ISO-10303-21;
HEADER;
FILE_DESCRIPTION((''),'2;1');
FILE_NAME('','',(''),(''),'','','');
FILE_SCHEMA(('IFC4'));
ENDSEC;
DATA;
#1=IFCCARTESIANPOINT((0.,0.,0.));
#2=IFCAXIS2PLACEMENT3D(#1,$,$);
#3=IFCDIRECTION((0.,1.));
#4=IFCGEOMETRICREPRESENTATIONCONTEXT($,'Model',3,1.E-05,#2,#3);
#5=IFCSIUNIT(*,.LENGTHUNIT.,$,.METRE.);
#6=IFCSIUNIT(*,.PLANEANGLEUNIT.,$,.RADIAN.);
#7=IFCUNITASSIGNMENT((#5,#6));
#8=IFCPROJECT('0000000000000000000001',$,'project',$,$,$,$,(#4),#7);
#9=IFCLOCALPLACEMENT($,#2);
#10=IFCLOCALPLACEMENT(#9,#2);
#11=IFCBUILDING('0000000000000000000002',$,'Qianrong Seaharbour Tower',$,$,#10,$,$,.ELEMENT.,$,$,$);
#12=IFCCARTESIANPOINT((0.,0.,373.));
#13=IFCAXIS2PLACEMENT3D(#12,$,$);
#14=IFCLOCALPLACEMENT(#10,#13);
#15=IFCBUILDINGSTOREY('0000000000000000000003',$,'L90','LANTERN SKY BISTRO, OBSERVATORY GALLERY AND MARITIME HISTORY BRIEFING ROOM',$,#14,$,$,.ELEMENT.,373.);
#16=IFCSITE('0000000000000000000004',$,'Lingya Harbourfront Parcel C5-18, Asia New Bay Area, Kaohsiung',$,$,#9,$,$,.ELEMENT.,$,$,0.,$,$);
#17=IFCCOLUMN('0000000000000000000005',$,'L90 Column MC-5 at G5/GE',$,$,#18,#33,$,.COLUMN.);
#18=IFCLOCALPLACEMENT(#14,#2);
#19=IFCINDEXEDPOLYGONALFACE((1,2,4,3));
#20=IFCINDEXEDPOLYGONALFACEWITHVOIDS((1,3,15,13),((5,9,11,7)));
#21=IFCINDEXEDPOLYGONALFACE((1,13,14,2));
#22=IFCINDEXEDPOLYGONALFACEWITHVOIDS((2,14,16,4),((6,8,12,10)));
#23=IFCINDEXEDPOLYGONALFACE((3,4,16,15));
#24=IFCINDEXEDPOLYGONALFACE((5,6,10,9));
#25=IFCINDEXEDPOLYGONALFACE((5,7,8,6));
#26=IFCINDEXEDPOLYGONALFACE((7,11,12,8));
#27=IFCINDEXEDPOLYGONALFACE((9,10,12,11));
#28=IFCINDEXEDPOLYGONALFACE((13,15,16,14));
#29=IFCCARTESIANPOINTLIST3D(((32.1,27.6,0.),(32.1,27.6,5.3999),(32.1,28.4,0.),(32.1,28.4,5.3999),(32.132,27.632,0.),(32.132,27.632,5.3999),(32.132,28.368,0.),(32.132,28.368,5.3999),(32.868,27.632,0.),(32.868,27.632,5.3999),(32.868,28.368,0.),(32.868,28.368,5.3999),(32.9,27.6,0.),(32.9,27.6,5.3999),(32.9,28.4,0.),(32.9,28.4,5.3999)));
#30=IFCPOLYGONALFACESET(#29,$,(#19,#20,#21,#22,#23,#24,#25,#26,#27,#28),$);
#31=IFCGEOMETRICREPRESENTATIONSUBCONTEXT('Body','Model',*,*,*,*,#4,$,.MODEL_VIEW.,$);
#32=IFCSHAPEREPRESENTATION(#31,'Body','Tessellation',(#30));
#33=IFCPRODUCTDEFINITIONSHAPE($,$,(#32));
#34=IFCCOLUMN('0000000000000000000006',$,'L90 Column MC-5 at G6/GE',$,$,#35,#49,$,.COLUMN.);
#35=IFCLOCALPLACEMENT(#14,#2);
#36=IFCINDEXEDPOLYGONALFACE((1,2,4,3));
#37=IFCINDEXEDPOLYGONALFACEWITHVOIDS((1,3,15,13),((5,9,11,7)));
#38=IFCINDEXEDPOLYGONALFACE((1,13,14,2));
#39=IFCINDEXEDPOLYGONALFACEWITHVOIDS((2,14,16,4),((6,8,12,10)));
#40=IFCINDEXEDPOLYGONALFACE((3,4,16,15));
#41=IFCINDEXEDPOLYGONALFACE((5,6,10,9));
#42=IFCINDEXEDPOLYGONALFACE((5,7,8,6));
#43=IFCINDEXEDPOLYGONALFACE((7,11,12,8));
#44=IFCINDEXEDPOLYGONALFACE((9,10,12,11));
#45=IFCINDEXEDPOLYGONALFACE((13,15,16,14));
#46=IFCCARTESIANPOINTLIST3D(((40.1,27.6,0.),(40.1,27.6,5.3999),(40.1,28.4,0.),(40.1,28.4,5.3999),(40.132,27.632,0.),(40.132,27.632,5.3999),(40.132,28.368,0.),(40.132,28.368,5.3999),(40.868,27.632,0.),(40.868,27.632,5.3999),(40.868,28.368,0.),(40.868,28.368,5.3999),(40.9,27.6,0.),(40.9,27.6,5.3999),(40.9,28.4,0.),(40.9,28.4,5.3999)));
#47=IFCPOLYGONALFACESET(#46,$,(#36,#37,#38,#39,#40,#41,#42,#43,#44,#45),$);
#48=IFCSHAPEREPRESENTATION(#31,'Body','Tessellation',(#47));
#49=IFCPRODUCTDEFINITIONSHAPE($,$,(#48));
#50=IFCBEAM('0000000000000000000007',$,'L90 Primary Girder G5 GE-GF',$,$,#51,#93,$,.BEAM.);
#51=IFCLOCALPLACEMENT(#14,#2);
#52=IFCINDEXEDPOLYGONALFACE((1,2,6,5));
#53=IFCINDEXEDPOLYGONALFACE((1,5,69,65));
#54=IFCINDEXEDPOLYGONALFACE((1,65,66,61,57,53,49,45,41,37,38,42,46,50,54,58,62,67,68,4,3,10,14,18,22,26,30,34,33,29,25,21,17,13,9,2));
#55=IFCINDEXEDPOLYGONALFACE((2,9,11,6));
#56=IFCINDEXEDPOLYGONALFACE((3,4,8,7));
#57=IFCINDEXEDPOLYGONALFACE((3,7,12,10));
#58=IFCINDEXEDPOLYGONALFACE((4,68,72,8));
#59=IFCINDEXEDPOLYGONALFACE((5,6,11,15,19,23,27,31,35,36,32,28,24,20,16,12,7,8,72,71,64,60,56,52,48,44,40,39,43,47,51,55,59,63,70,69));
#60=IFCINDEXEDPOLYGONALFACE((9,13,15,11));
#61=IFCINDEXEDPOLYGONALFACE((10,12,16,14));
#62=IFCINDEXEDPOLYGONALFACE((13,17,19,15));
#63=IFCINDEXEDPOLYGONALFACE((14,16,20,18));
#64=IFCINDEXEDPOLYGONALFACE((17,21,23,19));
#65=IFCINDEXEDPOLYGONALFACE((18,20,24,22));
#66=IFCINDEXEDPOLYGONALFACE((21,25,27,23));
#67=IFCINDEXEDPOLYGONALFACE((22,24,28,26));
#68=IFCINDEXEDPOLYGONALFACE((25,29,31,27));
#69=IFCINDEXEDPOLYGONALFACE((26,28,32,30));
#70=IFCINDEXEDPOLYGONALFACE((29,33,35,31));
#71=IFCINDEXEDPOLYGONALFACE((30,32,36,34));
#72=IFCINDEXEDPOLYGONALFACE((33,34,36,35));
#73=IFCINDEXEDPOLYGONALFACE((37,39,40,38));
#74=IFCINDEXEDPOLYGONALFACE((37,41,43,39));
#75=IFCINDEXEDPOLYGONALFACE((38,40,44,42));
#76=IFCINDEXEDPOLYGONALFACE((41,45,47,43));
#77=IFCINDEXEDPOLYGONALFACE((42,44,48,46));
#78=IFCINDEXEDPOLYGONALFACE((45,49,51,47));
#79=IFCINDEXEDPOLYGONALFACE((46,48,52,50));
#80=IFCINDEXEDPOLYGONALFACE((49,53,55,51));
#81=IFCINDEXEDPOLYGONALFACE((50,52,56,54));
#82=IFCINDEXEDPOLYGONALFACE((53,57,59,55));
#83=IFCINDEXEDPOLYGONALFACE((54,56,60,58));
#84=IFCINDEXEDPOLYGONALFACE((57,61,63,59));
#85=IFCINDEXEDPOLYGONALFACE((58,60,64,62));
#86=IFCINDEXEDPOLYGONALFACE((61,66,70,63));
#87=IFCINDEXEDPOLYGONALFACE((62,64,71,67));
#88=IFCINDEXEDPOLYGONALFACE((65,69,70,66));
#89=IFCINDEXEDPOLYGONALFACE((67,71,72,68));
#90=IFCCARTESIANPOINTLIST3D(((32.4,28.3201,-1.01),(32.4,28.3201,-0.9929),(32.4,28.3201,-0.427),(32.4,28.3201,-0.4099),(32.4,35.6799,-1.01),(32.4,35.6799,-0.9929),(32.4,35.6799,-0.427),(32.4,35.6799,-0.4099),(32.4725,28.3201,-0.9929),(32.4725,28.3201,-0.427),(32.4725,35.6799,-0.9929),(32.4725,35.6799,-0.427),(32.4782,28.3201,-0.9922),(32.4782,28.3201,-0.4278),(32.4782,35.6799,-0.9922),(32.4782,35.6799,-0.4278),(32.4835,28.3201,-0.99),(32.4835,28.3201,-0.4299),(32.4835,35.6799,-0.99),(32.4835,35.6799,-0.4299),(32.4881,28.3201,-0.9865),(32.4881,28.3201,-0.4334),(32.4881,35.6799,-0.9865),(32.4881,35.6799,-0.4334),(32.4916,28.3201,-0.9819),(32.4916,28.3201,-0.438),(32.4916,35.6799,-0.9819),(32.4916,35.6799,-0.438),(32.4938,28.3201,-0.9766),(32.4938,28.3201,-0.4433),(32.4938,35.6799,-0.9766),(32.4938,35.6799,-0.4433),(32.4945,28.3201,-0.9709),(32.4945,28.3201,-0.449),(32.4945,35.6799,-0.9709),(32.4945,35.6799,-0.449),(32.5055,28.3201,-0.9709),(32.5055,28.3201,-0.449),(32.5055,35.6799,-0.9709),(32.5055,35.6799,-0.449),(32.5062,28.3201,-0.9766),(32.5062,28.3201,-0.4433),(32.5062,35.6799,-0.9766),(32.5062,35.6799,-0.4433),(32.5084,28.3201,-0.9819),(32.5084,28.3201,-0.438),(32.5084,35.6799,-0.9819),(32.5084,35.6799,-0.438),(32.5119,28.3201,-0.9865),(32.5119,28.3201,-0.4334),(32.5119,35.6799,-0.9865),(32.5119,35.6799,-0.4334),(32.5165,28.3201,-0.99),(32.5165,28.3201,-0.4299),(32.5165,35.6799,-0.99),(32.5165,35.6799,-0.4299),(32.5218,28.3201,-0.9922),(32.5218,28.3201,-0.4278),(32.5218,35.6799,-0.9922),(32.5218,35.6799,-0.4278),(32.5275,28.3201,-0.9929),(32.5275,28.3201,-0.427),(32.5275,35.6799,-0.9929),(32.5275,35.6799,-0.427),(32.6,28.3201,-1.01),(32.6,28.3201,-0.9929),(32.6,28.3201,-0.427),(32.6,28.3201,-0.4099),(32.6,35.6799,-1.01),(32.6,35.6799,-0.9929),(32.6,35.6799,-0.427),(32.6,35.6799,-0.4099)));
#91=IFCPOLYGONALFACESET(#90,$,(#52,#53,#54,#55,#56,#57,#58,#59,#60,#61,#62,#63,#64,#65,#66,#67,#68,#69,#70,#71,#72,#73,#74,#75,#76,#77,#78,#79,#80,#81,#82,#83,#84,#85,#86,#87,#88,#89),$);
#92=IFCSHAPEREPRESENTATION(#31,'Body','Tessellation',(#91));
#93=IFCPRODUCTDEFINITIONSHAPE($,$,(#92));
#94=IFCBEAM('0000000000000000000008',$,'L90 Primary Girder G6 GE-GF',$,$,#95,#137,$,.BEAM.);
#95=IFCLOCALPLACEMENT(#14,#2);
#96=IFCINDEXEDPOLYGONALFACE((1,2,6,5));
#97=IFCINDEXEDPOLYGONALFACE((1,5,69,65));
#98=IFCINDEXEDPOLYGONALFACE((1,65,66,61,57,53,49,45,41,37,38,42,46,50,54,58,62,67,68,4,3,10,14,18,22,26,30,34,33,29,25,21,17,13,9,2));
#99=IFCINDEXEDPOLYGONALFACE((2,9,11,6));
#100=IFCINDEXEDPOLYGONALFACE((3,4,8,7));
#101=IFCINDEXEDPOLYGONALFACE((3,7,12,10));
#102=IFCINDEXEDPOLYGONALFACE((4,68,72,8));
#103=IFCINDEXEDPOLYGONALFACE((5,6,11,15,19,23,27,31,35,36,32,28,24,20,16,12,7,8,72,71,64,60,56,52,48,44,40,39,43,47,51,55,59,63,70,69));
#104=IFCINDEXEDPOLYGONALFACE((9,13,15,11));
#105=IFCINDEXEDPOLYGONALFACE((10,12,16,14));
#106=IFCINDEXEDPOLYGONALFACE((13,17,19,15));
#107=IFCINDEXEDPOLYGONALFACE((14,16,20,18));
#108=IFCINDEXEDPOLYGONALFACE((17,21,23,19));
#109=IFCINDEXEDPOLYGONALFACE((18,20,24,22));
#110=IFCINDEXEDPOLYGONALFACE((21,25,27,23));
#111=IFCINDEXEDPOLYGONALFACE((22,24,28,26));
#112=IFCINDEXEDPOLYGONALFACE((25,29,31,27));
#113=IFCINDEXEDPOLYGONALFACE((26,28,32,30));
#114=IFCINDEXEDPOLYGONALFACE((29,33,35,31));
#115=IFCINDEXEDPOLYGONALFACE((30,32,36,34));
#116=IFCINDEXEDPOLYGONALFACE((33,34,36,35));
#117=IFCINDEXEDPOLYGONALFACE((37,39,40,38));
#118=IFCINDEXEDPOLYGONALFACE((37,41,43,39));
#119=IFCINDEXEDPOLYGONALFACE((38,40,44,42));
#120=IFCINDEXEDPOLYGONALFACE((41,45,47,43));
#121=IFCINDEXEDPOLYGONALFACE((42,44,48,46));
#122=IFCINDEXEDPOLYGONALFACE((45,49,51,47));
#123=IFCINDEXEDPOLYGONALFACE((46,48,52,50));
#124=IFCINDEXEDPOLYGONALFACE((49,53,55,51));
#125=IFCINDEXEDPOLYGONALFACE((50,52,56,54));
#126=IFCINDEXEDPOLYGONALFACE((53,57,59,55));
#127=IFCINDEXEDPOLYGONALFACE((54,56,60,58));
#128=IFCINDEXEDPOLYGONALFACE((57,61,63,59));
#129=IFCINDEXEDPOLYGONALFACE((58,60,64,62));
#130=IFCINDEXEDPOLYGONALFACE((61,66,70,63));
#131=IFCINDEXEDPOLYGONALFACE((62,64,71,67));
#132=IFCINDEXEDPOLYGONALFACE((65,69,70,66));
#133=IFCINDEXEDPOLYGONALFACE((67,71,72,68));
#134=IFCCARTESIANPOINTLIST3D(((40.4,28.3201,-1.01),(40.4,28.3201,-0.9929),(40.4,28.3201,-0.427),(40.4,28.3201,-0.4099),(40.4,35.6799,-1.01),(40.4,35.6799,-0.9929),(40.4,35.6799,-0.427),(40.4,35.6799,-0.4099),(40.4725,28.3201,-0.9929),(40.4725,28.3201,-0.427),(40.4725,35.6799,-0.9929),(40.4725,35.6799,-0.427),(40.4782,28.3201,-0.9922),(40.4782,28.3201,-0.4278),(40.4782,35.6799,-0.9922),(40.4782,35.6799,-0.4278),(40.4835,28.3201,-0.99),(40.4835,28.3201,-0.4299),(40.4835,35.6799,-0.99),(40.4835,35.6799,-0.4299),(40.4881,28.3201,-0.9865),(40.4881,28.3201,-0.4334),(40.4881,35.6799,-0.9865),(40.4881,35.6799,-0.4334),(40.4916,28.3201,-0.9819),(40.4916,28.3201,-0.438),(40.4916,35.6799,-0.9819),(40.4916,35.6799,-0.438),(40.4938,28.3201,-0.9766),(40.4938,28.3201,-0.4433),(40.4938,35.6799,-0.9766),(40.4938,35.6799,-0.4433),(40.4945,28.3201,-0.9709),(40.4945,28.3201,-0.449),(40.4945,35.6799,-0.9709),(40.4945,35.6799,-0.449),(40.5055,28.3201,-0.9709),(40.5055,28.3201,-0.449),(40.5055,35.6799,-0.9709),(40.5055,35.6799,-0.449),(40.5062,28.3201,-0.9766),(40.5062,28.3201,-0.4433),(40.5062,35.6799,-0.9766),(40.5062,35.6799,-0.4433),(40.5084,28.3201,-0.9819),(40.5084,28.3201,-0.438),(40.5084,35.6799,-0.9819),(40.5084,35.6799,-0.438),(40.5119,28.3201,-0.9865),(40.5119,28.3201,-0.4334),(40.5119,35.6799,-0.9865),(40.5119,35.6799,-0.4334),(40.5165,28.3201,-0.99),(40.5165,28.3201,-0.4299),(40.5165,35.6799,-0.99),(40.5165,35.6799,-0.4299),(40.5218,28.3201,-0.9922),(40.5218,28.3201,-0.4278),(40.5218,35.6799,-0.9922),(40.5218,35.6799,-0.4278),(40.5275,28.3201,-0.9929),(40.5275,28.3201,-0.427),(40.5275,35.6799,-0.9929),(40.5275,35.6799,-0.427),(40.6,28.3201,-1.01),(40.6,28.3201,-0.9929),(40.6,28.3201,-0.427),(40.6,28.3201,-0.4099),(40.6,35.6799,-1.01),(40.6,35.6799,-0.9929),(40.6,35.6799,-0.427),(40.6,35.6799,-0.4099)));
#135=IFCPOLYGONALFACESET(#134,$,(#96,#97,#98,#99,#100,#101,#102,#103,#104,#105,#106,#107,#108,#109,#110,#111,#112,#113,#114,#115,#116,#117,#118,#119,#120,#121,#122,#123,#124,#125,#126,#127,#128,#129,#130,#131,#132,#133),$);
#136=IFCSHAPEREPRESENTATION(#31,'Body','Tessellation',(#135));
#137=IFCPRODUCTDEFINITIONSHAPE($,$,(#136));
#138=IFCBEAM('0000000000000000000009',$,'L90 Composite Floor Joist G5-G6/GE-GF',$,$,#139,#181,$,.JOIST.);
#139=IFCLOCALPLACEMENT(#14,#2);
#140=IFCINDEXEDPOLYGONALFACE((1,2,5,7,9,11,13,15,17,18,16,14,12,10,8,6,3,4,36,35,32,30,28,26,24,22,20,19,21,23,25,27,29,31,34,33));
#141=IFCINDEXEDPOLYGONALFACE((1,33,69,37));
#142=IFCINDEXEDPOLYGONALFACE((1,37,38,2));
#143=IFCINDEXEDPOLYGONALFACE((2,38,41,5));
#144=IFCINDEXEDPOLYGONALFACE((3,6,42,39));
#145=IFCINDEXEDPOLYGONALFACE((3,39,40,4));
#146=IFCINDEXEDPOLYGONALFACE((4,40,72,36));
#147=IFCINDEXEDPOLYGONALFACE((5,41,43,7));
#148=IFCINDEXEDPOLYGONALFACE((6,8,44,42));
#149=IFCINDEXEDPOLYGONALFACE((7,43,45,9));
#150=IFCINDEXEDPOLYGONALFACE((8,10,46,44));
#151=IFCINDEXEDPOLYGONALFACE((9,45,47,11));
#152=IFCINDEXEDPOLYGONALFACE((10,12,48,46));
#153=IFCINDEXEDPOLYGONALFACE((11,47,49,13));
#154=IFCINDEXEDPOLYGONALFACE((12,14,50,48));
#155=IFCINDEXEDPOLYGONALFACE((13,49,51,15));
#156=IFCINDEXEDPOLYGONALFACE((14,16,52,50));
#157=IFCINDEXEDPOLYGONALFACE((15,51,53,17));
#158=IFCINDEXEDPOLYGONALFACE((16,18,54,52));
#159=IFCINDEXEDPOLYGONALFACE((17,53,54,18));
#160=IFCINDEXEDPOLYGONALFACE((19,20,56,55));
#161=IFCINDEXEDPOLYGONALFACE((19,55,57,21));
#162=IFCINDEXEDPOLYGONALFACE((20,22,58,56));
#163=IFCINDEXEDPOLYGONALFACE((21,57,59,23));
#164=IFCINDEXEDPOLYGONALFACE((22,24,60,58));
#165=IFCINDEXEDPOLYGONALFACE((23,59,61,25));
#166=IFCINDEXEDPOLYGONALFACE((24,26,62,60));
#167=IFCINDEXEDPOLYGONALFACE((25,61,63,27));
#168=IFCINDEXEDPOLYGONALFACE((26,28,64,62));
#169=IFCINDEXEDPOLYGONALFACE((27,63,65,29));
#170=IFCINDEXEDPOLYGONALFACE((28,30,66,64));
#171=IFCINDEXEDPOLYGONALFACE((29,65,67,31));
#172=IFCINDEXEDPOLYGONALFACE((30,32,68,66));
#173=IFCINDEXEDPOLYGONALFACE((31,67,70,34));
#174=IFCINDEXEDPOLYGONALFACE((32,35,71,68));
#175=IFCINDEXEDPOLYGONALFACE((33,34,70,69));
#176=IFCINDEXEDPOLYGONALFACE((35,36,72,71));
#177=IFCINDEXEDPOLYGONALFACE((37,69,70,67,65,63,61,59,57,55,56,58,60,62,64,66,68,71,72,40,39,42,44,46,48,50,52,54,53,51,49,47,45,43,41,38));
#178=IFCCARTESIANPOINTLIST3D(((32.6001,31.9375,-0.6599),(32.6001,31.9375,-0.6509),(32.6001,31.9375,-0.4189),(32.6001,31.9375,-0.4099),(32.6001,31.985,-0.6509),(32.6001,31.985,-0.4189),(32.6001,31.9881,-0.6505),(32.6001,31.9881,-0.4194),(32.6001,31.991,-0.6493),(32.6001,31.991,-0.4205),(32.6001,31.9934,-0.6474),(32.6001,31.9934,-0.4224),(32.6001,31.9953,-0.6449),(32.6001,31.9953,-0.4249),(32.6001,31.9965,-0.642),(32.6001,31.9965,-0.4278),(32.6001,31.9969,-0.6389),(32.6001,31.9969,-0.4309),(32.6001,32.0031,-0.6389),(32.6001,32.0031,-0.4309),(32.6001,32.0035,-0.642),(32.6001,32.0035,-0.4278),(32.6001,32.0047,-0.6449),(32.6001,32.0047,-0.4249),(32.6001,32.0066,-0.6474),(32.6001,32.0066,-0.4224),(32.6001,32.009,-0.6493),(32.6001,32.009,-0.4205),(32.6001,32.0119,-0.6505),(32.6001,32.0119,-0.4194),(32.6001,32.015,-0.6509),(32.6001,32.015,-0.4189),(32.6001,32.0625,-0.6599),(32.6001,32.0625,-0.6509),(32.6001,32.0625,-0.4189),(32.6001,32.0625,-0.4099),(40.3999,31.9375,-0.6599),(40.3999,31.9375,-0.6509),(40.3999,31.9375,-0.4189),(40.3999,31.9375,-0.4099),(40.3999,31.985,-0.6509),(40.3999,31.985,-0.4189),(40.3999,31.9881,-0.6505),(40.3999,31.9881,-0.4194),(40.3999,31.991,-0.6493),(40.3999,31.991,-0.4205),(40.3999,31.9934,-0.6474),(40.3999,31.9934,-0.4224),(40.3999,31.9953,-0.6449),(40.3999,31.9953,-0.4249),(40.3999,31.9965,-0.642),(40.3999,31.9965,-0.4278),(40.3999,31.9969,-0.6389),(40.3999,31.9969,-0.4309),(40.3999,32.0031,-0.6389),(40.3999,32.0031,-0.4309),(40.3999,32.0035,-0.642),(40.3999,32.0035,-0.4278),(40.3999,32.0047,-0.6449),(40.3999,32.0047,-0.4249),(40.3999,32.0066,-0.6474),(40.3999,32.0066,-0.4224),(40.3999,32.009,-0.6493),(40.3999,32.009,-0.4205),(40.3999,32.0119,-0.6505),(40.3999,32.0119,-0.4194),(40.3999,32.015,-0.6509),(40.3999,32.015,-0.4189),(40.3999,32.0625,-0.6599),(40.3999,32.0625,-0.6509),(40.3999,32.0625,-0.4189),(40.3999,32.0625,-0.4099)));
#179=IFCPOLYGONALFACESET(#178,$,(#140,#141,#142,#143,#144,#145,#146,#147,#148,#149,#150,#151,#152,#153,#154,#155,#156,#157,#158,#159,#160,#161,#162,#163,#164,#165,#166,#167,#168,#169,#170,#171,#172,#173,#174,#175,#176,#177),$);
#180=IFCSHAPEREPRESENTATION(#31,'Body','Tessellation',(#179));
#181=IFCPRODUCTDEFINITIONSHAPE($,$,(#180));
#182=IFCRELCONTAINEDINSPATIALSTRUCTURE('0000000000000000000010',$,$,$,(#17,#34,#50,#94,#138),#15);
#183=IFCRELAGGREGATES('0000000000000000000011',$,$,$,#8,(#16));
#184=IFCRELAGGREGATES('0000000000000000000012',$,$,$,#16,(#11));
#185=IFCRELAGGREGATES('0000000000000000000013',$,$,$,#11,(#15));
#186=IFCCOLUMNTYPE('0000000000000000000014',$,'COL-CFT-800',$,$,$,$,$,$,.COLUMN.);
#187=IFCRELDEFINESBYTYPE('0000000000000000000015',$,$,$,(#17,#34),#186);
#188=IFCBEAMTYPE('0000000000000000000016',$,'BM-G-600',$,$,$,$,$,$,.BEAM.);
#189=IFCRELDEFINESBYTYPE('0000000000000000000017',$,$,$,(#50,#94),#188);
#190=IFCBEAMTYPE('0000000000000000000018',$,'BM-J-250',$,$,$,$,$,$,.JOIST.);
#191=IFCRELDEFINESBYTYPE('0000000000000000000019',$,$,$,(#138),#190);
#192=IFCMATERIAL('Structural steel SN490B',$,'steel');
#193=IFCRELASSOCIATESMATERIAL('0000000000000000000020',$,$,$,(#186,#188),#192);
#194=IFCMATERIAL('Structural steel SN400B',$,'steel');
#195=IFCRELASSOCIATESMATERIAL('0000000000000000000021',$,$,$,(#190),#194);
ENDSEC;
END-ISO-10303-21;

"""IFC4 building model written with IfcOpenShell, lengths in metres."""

from ifc_helpers import new_model, si_unit, direction, frame, origin, origin_2d, place, context, subcontext, project, spatial, hollow_rectangle, i_section, extrude, material, material_profile, profile_set, type_object, element, save


model = new_model("IFC4")

# Units and contexts
model_context = context("Model", 3, precision=1e-05, world=origin(), true_north=direction((0.0, 1.0)))
body_context = subcontext(model_context, "Body", "Model", "MODEL_VIEW")
ifc_project = project(units=[si_unit("LENGTHUNIT", "METRE"), si_unit("PLANEANGLEUNIT", "RADIAN")], contexts=[model_context])

# Site, building, storey
site_placement = place(None, origin())
site = spatial("IfcSite", under=ifc_project, at=site_placement, Name="Lingya Harbourfront Parcel C5-18, Asia New Bay Area, Kaohsiung", CompositionType="ELEMENT", RefElevation=0.0)
building_placement = place(site_placement, origin())
building = spatial("IfcBuilding", under=site, at=building_placement, Name="Qianrong Seaharbour Tower", CompositionType="ELEMENT")
storey_placement = place(building_placement, frame((0.0, 0.0, 373.0)))
storey = spatial("IfcBuildingStorey", under=building, at=storey_placement, Name="L90", Description="LANTERN SKY BISTRO, OBSERVATORY GALLERY AND MARITIME HISTORY BRIEFING ROOM", CompositionType="ELEMENT", Elevation=373.0)

# Columns
ifc_material_1 = material(Name="Structural steel SN490B", Category="steel")
ifc_material_profile_1 = material_profile(ifc_material_1, hollow_rectangle(XDim=0.8, YDim=0.8, WallThickness=0.032, at=origin_2d()), Name="BOX800x800x32")
ifc_profile_set_1 = profile_set([ifc_material_profile_1], Name="Structural steel SN490B")
column_type = type_object("IfcColumnType", Name="COL-CFT-800", PredefinedType="COLUMN", material=ifc_profile_set_1)
for number, where, z_axis, x_axis, name in (
    (1, (32.5, 28.0, 0.0), (0.0, 0.0, 1.0), (1.0, 0.0, 0.0), "L90 Column MC-5 at G5/GE"),
    (2, (40.5, 28.0, 0.0), (0.0, 0.0, 1.0), (1.0, 0.0, 0.0), "L90 Column MC-5 at G6/GE"),
):
    element("IfcColumn", number, at=place(storey_placement, frame(where, z_axis=z_axis, x_axis=x_axis)), inside=storey, type_object=column_type, Name=name, PredefinedType="COLUMN", context=body_context, shape_type="SweptSolid", body=[
        extrude(hollow_rectangle(XDim=0.8, YDim=0.8, WallThickness=0.032, at=origin_2d()), origin(), (0.0, 0.0, 1.0), 5.3999),
    ])

# Beams
ifc_material_profile_2 = material_profile(ifc_material_1, i_section(OverallWidth=0.2, OverallDepth=0.6001, WebThickness=0.011, FlangeThickness=0.0171, FilletRadius=0.022, at=origin_2d()), Name="H600x200x11x17")
ifc_profile_set_2 = profile_set([ifc_material_profile_2], Name="Structural steel SN490B")
beam_type_1 = type_object("IfcBeamType", Name="BM-G-600", PredefinedType="BEAM", material=ifc_profile_set_2)
for number, where, z_axis, x_axis, name in (
    (3, (32.5, 28.3201, -0.71), (0.0, 1.0, 0.0), (-1.0, 0.0, 0.0), "L90 Primary Girder G5 GE-GF"),
    (4, (40.5, 28.3201, -0.71), (0.0, 1.0, 0.0), (-1.0, 0.0, 0.0), "L90 Primary Girder G6 GE-GF"),
):
    element("IfcBeam", number, at=place(storey_placement, frame(where, z_axis=z_axis, x_axis=x_axis)), inside=storey, type_object=beam_type_1, Name=name, PredefinedType="BEAM", context=body_context, shape_type="SweptSolid", body=[
        extrude(i_section(OverallWidth=0.2, OverallDepth=0.6001, WebThickness=0.011, FlangeThickness=0.0171, FilletRadius=0.022, at=origin_2d()), origin(), (0.0, 0.0, 1.0), 7.3599),
    ])
ifc_material_2 = material(Name="Structural steel SN400B", Category="steel")
ifc_material_profile_3 = material_profile(ifc_material_2, i_section(OverallWidth=0.125, OverallDepth=0.25, WebThickness=0.0061, FlangeThickness=0.009, FilletRadius=0.012, at=origin_2d()), Name="H250x125x6x9")
ifc_profile_set_3 = profile_set([ifc_material_profile_3], Name="Structural steel SN400B")
beam_type_2 = type_object("IfcBeamType", Name="BM-J-250", PredefinedType="JOIST", material=ifc_profile_set_3)
for number, where, z_axis, x_axis, name in (
    (5, (32.6001, 32.0, -0.5349), (1.0, 0.0, 0.0), (0.0, 1.0, 0.0), "L90 Composite Floor Joist G5-G6/GE-GF"),
):
    element("IfcBeam", number, at=place(storey_placement, frame(where, z_axis=z_axis, x_axis=x_axis)), inside=storey, type_object=beam_type_2, Name=name, PredefinedType="JOIST", context=body_context, shape_type="SweptSolid", body=[
        extrude(i_section(OverallWidth=0.125, OverallDepth=0.25, WebThickness=0.0061, FlangeThickness=0.009, FilletRadius=0.012, at=origin_2d()), origin(), (0.0, 0.0, 1.0), 7.7998),
    ])

save(model, "model.ifc")
